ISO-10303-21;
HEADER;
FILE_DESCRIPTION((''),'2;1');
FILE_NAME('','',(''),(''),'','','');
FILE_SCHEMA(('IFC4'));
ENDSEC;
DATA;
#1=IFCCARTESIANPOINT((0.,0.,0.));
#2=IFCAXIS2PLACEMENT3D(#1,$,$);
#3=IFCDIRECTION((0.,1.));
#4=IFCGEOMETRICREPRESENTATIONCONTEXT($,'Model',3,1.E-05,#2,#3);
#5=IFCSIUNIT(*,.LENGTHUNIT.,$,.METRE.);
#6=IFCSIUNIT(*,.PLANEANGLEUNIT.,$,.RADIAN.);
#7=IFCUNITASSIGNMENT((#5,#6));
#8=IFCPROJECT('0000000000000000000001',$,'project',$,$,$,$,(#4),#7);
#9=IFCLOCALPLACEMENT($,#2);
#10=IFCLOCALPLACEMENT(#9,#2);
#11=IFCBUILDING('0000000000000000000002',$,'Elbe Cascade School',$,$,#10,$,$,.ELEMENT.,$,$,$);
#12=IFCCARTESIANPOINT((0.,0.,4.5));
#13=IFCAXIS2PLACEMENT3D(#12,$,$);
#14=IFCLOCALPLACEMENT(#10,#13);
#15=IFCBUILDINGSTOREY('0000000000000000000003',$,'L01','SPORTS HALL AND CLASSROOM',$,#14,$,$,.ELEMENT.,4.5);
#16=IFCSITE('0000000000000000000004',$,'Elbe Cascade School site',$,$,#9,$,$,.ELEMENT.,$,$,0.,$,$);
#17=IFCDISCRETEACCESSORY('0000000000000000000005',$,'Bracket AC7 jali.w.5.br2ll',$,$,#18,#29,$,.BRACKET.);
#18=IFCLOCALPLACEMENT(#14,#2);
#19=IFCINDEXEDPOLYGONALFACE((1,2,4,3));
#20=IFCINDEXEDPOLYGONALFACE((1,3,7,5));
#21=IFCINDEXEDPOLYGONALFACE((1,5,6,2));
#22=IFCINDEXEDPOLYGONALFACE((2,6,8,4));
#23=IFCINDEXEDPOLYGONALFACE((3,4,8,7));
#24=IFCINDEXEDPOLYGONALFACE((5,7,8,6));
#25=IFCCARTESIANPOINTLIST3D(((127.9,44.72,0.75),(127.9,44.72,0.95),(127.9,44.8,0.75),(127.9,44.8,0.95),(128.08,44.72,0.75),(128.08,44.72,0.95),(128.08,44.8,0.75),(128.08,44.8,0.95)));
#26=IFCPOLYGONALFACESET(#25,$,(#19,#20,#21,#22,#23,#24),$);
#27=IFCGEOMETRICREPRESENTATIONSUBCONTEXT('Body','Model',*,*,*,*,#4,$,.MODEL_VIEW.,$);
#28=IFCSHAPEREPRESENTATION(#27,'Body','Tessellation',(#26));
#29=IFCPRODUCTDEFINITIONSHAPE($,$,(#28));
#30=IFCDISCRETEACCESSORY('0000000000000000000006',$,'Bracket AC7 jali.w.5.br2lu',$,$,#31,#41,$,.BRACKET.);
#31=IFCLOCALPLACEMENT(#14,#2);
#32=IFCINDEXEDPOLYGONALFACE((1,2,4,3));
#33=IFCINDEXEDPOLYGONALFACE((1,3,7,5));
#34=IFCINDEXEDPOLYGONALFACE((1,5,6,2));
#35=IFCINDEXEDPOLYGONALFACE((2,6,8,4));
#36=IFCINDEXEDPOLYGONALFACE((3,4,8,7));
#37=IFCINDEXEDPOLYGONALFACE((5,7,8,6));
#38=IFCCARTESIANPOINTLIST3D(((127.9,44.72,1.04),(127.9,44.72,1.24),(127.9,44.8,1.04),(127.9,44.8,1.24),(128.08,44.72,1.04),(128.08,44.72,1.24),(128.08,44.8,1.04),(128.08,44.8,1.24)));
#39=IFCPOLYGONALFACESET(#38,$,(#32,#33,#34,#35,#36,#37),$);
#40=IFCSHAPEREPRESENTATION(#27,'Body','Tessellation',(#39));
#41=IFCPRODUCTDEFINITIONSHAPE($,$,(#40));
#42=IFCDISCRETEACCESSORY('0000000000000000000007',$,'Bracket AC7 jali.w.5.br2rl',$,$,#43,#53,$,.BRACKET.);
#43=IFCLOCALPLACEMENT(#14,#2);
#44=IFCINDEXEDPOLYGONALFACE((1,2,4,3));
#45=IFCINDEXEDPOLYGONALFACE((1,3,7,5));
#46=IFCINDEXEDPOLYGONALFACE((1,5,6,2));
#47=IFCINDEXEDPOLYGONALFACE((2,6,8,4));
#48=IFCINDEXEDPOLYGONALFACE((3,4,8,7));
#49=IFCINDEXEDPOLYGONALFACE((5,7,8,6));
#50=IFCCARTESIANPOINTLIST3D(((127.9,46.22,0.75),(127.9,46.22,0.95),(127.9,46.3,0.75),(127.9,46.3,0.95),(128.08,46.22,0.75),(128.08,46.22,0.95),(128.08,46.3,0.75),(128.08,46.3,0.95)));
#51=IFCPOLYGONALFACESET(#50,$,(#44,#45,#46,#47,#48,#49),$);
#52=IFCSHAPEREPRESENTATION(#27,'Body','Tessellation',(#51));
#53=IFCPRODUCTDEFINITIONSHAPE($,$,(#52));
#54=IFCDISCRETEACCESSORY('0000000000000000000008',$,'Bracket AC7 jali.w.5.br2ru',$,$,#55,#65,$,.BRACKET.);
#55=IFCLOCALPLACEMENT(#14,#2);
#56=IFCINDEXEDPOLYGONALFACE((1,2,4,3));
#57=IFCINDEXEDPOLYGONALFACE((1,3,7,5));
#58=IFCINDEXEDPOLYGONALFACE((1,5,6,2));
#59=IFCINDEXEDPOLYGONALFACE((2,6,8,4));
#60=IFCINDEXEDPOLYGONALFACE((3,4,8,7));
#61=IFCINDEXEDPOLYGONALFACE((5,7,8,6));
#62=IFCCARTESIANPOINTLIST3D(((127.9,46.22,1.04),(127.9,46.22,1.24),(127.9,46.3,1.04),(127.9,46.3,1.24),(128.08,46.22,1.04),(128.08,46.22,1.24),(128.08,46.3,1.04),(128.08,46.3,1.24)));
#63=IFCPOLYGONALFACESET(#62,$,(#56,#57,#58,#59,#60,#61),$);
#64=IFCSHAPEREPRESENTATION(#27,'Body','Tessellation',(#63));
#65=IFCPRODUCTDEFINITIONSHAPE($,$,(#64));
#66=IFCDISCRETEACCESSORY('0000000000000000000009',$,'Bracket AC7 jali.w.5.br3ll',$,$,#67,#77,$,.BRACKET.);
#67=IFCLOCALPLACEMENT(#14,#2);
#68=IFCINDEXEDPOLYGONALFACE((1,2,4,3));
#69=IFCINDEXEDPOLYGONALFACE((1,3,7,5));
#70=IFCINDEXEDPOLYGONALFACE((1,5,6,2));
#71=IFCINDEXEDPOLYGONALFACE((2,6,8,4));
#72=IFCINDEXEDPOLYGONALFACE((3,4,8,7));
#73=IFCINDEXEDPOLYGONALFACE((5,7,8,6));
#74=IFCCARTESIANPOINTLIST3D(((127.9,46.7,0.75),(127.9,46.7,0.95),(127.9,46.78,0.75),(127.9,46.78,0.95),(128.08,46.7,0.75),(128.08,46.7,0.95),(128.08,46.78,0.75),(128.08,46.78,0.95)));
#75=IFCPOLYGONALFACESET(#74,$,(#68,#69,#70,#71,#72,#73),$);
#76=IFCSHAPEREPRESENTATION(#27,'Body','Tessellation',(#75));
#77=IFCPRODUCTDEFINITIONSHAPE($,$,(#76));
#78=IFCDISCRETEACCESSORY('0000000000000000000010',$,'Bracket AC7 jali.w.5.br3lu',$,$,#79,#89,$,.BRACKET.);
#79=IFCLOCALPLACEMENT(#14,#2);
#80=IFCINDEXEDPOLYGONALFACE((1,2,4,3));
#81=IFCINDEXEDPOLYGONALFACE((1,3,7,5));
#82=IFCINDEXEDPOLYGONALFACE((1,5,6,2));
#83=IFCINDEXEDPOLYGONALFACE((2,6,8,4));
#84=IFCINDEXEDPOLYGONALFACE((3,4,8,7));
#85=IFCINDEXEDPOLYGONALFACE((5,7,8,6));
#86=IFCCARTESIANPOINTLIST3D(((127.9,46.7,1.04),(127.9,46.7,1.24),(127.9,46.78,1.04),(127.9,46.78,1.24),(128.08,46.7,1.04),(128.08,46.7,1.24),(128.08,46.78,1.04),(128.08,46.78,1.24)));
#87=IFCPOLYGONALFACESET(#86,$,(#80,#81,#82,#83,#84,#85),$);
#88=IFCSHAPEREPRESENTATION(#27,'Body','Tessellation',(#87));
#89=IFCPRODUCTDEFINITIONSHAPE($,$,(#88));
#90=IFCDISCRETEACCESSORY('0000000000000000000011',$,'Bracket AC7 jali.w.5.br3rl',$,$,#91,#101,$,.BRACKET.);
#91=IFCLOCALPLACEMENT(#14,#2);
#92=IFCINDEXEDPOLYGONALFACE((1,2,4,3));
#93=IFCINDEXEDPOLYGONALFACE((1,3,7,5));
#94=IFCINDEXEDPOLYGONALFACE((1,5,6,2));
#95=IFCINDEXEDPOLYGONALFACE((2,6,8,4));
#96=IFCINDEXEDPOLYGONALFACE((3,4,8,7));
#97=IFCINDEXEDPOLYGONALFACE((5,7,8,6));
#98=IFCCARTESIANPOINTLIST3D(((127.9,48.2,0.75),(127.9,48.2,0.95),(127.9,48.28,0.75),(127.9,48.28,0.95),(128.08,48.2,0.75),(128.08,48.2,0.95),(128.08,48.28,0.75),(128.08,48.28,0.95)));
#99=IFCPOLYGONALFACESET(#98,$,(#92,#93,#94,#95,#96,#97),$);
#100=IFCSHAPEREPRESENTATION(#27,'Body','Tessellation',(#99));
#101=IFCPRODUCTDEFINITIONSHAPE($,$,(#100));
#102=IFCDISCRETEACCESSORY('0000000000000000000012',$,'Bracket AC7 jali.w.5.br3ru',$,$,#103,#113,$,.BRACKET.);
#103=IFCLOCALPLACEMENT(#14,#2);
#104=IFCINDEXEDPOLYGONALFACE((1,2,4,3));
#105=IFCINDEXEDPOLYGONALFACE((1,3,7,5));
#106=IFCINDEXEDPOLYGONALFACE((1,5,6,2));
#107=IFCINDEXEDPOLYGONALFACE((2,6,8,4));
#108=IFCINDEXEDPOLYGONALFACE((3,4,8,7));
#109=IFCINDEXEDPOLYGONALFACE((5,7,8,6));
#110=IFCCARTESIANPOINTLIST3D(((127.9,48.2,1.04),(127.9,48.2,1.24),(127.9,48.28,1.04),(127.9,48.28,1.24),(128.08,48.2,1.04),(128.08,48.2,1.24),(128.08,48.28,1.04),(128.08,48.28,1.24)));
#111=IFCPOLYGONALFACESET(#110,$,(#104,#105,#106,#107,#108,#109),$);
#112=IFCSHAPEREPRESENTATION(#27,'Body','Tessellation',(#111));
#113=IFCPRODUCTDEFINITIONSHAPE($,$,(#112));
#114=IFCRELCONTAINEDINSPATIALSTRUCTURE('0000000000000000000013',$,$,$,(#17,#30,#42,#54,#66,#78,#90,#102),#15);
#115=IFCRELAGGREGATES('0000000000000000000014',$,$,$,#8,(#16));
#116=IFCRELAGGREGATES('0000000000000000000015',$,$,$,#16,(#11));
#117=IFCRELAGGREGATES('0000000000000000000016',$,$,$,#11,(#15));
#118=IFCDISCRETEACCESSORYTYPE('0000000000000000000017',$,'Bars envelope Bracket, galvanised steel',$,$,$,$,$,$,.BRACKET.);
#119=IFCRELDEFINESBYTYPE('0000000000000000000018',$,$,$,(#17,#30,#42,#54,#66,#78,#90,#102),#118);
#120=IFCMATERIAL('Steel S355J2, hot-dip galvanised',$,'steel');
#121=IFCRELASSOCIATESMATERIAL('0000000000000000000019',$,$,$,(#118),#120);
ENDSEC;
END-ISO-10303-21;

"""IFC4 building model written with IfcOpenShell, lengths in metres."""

from ifc_helpers import new_model, si_unit, direction, frame, origin, origin_2d, place, context, subcontext, project, spatial, rectangle, extrude, material, type_object, element, save


model = new_model("IFC4")

# Units and contexts
model_context = context("Model", 3, precision=1e-05, world=origin(), true_north=direction((0.0, 1.0)))
body_context = subcontext(model_context, "Body", "Model", "MODEL_VIEW")
ifc_project = project(units=[si_unit("LENGTHUNIT", "METRE"), si_unit("PLANEANGLEUNIT", "RADIAN")], contexts=[model_context])

# Site, building, storey
site_placement = place(None, origin())
site = spatial("IfcSite", under=ifc_project, at=site_placement, Name="Elbe Cascade School site", CompositionType="ELEMENT", RefElevation=0.0)
building_placement = place(site_placement, origin())
building = spatial("IfcBuilding", under=site, at=building_placement, Name="Elbe Cascade School", CompositionType="ELEMENT")
storey_placement = place(building_placement, frame((0.0, 0.0, 4.5)))
storey = spatial("IfcBuildingStorey", under=building, at=storey_placement, Name="L01", Description="SPORTS HALL AND CLASSROOM", CompositionType="ELEMENT", Elevation=4.5)

# Discrete accessories
ifc_material_1 = material(Name="Steel S355J2, hot-dip galvanised", Category="steel")
discrete_accessory_type = type_object("IfcDiscreteAccessoryType", Name="Bars envelope Bracket, galvanised steel", PredefinedType="BRACKET", material=ifc_material_1)
for number, where, z_axis, x_axis, name in (
    (1, (127.99, 44.76, 0.75), (0.0, 0.0, 1.0), (0.0, 1.0, 0.0), "Bracket AC7 jali.w.5.br2ll"),
    (2, (127.99, 44.76, 1.04), (0.0, 0.0, 1.0), (0.0, 1.0, 0.0), "Bracket AC7 jali.w.5.br2lu"),
    (3, (127.99, 46.26, 0.75), (0.0, 0.0, 1.0), (0.0, 1.0, 0.0), "Bracket AC7 jali.w.5.br2rl"),
    (4, (127.99, 46.26, 1.04), (0.0, 0.0, 1.0), (0.0, 1.0, 0.0), "Bracket AC7 jali.w.5.br2ru"),
    (5, (127.99, 46.74, 0.75), (0.0, 0.0, 1.0), (0.0, 1.0, 0.0), "Bracket AC7 jali.w.5.br3ll"),
    (6, (127.99, 46.74, 1.04), (0.0, 0.0, 1.0), (0.0, 1.0, 0.0), "Bracket AC7 jali.w.5.br3lu"),
    (7, (127.99, 48.24, 0.75), (0.0, 0.0, 1.0), (0.0, 1.0, 0.0), "Bracket AC7 jali.w.5.br3rl"),
    (8, (127.99, 48.24, 1.04), (0.0, 0.0, 1.0), (0.0, 1.0, 0.0), "Bracket AC7 jali.w.5.br3ru"),
):
    element("IfcDiscreteAccessory", number, at=place(storey_placement, frame(where, z_axis=z_axis, x_axis=x_axis)), inside=storey, type_object=discrete_accessory_type, Name=name, PredefinedType="BRACKET", context=body_context, shape_type="SweptSolid", body=[
        extrude(rectangle(XDim=0.0801, YDim=0.1799, at=origin_2d()), origin(), (0.0, 0.0, 1.0), 0.2),
    ])

save(model, "model.ifc")
